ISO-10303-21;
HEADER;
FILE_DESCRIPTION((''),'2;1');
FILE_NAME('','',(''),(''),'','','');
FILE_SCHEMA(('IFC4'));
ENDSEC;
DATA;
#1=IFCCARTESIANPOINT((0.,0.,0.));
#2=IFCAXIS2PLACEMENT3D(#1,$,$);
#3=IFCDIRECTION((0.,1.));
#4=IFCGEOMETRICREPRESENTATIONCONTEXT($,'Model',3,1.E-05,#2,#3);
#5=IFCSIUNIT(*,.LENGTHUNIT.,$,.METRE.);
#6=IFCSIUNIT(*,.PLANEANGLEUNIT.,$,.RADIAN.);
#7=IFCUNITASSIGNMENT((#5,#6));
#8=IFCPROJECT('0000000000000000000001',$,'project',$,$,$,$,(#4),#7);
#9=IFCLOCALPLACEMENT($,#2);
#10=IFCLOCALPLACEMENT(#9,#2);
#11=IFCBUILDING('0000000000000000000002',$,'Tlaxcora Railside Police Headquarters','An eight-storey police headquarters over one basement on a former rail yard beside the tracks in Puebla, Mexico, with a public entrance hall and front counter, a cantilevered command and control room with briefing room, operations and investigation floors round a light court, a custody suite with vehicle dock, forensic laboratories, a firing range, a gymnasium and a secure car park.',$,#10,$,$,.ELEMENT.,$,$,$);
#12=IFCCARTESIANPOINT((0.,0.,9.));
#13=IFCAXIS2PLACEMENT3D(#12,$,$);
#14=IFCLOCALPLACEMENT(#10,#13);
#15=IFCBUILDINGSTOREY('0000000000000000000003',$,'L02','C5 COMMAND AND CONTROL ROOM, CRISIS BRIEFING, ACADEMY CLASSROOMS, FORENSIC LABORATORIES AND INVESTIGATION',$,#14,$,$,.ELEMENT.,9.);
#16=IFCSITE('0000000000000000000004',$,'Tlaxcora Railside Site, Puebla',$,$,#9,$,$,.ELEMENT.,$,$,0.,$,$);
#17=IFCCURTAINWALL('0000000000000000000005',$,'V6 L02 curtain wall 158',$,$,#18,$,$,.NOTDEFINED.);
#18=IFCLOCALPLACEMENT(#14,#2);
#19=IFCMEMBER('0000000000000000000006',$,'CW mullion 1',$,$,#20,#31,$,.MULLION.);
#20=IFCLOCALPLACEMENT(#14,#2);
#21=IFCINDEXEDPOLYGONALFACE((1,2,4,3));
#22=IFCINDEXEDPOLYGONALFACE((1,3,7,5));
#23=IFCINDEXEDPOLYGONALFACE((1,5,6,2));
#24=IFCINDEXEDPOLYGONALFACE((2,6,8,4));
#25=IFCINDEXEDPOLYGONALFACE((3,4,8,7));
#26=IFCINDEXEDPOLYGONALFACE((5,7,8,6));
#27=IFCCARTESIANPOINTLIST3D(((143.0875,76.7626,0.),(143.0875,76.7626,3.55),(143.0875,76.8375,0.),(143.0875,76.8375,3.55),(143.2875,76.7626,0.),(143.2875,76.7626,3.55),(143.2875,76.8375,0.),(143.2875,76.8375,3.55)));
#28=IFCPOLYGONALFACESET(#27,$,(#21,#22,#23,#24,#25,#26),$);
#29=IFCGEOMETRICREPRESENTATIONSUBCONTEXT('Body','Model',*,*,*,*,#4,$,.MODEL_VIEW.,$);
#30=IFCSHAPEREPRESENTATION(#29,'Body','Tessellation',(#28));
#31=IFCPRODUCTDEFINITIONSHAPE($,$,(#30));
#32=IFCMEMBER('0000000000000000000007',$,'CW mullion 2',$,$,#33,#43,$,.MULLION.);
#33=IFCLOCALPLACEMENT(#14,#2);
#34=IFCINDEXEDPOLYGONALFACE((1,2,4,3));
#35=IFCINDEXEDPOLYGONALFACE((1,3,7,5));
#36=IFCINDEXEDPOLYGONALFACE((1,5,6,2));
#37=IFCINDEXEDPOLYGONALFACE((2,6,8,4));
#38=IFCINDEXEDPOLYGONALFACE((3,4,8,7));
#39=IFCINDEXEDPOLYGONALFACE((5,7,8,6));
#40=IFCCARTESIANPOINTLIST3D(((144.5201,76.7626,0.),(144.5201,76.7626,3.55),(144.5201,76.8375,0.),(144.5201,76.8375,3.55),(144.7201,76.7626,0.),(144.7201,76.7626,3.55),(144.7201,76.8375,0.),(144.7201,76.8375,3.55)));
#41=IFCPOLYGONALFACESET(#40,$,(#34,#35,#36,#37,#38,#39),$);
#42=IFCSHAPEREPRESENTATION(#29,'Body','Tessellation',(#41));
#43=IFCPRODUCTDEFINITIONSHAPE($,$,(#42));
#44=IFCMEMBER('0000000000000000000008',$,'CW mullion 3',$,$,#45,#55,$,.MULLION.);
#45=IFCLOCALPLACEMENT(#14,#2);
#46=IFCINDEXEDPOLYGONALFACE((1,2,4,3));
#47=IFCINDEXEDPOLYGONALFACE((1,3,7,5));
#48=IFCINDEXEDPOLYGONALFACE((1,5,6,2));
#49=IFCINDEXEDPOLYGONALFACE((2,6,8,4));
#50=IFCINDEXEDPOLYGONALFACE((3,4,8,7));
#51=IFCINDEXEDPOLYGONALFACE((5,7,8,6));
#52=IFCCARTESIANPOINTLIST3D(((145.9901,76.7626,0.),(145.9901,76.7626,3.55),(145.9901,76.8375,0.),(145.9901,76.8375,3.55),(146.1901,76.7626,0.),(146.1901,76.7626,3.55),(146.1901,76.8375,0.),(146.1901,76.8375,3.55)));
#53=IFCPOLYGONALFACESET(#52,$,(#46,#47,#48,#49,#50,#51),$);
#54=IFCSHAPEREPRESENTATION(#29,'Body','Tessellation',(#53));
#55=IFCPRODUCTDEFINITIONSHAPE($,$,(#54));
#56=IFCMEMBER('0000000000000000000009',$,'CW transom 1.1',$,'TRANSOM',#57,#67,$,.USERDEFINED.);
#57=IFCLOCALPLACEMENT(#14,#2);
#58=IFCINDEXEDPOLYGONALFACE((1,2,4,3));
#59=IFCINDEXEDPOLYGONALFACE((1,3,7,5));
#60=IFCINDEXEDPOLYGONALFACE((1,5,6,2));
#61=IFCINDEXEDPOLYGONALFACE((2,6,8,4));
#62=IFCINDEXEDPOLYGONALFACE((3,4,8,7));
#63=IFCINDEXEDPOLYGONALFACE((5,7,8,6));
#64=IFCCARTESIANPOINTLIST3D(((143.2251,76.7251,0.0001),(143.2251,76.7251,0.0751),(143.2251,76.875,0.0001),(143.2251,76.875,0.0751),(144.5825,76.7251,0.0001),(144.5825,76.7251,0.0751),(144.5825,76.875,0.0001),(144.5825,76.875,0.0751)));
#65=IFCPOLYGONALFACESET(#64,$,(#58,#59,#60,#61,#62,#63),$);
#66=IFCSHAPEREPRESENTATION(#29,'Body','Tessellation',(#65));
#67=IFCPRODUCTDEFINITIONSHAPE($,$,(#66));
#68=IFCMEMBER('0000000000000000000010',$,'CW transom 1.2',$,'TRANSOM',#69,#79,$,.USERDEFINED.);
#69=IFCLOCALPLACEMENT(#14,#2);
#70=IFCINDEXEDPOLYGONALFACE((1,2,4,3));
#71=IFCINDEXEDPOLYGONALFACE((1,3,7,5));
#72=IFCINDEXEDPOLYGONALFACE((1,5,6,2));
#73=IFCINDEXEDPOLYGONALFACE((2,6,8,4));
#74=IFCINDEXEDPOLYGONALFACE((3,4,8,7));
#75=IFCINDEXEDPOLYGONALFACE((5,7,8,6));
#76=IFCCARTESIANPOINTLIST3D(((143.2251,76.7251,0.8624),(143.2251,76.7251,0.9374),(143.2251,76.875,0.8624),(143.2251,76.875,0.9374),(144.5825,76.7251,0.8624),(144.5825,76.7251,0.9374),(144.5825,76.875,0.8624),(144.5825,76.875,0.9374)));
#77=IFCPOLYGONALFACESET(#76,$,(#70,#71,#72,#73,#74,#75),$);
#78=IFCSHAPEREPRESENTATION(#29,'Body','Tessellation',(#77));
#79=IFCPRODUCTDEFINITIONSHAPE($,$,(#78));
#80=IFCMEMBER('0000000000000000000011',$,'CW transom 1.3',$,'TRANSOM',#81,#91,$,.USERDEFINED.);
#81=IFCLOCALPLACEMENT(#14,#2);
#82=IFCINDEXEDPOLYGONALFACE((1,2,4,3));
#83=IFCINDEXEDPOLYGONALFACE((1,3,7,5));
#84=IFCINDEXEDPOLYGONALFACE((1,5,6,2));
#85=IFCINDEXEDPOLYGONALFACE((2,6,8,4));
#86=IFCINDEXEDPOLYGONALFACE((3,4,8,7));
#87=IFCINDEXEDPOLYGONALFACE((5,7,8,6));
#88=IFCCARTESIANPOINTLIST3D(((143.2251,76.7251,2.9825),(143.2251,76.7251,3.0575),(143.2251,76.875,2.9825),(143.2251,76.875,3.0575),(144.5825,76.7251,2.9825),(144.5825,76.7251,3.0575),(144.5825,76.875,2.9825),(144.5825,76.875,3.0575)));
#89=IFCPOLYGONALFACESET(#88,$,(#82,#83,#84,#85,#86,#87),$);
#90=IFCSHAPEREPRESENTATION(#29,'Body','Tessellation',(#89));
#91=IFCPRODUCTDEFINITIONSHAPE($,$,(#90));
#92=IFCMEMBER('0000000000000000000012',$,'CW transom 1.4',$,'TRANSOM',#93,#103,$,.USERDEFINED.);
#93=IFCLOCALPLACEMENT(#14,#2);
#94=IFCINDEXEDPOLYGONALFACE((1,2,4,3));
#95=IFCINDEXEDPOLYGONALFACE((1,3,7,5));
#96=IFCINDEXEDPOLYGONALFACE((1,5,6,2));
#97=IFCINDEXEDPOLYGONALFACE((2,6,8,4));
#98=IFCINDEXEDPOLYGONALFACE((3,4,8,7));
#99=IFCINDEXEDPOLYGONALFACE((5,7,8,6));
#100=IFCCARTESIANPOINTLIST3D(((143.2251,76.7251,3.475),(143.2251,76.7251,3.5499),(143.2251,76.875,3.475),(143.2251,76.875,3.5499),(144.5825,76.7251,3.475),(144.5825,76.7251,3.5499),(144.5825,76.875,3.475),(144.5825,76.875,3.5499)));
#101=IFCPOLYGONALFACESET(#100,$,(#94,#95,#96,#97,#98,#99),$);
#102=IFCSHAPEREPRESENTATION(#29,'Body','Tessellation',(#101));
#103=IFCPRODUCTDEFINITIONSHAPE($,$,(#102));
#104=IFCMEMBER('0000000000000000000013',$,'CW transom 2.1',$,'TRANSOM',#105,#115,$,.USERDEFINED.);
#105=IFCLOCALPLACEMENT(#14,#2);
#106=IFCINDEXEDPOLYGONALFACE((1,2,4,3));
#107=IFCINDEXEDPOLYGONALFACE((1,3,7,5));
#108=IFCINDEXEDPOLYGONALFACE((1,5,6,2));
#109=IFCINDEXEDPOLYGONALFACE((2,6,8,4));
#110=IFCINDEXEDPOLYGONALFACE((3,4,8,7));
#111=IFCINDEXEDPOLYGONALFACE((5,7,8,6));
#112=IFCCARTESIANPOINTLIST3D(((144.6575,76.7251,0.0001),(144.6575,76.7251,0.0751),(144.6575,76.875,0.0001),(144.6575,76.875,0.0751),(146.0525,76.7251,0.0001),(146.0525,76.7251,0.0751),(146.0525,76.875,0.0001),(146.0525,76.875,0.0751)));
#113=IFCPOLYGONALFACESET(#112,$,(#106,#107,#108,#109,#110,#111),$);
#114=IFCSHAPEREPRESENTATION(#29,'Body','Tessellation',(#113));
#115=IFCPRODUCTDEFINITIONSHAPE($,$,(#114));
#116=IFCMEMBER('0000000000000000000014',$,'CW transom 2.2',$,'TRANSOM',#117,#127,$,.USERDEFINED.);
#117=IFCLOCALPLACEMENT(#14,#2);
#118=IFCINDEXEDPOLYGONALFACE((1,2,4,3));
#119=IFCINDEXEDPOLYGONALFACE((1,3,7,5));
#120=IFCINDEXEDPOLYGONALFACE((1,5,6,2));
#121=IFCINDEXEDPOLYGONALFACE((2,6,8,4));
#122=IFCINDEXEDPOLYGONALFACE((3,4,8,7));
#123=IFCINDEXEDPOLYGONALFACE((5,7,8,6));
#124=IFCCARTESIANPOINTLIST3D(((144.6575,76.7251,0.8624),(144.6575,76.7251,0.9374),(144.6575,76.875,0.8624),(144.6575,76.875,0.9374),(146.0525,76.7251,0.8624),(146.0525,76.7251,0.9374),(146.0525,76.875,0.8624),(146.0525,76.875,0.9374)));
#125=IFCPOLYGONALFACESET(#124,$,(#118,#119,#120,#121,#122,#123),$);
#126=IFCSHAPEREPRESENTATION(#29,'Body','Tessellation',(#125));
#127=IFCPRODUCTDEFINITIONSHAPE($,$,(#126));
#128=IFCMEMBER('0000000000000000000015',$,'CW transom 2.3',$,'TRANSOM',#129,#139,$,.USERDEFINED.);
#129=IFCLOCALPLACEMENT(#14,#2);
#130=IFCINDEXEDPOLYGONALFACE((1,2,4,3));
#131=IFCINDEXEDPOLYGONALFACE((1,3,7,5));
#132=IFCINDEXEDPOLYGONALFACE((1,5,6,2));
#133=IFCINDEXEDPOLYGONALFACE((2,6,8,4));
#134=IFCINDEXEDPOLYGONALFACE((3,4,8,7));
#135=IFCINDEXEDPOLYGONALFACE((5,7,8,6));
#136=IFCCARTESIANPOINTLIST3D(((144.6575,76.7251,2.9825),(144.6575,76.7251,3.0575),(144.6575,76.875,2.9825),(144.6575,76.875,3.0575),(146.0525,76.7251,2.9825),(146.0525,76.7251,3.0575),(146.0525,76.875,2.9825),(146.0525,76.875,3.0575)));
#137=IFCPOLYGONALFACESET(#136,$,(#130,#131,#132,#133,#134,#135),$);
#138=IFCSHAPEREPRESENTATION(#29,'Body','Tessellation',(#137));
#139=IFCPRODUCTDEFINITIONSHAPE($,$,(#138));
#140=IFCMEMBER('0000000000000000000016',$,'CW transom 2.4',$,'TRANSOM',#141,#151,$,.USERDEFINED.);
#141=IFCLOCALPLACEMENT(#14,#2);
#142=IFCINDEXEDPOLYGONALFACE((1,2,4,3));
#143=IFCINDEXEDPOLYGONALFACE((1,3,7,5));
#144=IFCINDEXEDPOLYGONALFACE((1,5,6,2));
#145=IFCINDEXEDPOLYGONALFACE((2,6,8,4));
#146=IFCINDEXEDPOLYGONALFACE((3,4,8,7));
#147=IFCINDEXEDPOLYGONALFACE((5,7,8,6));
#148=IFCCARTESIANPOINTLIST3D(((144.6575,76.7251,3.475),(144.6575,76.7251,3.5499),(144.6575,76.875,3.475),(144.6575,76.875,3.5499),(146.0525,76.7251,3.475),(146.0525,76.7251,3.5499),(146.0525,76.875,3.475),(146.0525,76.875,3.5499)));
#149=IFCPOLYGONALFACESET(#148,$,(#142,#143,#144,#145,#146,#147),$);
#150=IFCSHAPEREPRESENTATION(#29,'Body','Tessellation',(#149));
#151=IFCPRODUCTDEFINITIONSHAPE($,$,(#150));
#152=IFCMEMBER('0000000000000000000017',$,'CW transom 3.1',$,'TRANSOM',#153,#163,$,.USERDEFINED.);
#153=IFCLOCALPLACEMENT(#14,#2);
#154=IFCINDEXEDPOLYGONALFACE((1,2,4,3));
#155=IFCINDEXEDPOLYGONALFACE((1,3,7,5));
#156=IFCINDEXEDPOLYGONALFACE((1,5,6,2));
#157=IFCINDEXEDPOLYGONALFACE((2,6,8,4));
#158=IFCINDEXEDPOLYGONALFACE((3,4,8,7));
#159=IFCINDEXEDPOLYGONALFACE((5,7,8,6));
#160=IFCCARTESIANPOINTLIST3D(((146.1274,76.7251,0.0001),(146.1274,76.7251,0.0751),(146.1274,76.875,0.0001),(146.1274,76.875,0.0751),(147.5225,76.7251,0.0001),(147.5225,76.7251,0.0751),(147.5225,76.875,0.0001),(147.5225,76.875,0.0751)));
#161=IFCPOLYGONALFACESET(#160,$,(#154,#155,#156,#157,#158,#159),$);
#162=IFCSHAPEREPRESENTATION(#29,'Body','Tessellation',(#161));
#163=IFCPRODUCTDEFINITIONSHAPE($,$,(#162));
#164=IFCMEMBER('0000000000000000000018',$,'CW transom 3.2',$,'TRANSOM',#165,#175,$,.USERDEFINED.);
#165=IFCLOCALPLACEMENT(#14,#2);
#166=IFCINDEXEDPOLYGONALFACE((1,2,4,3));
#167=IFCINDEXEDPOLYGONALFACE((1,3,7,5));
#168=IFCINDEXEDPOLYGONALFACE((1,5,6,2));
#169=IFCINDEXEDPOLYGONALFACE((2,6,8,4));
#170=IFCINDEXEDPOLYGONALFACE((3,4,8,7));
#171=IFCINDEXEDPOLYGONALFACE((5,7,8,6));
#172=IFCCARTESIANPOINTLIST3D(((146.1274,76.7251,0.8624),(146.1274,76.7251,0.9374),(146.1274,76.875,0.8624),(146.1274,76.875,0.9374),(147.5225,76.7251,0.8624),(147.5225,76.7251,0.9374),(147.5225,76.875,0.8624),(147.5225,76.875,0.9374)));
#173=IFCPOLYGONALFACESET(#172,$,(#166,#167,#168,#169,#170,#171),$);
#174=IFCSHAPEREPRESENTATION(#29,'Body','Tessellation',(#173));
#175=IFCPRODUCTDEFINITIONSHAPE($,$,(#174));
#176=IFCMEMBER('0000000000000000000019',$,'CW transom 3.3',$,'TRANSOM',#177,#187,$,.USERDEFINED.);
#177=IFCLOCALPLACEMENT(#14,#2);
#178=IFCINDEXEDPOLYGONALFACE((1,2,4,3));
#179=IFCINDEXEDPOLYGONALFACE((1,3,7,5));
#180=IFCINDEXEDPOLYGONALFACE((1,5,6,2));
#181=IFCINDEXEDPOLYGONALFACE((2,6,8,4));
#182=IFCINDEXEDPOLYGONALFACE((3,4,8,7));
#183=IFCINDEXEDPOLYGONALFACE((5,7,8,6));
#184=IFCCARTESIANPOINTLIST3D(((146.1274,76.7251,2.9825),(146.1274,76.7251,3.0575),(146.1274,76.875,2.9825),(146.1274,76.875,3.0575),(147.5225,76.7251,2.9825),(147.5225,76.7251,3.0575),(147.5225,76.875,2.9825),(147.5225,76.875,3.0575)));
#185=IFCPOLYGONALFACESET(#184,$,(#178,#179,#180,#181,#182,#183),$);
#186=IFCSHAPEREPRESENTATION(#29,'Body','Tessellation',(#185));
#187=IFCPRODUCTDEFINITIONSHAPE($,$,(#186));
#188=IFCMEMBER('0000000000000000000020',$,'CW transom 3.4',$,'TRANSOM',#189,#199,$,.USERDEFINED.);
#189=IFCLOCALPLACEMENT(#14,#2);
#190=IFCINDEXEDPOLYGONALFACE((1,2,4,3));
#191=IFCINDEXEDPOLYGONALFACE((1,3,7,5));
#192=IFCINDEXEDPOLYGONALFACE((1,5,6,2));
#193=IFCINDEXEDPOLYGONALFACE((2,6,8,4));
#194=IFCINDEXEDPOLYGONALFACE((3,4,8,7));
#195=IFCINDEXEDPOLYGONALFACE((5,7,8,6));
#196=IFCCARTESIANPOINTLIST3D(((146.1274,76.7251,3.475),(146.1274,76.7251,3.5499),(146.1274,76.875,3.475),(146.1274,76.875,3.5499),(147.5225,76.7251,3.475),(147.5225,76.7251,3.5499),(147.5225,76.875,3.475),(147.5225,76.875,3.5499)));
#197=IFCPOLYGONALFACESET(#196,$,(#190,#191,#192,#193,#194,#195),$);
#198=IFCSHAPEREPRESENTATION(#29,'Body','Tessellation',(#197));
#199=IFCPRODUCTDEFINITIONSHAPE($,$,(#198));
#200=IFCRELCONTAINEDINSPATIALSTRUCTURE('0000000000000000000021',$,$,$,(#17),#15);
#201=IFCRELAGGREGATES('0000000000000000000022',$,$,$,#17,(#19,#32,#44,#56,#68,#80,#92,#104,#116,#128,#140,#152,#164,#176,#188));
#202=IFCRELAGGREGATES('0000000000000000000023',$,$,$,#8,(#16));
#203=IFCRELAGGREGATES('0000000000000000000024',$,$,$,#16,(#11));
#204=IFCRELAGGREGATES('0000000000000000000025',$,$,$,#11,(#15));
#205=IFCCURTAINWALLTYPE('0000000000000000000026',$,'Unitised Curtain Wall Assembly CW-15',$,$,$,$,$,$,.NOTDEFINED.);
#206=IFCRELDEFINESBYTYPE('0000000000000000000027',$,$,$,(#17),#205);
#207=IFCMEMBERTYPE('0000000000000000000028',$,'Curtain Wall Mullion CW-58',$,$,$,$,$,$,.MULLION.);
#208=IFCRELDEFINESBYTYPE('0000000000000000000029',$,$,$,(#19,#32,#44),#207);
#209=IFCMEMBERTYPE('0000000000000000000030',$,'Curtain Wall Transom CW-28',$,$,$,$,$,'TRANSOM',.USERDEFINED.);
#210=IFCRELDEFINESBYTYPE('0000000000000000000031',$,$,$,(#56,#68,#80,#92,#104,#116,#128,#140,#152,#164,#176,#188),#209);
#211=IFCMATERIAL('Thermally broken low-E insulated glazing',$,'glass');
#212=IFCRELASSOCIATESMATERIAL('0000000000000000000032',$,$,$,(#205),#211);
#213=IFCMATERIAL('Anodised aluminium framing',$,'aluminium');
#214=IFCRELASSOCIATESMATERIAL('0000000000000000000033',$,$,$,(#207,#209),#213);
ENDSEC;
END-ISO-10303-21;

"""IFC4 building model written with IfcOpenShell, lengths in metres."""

from ifc_helpers import new_model, si_unit, direction, frame, origin, origin_2d, place, context, subcontext, project, spatial, rectangle, extrude, material, material_profile, profile_set, type_object, element, aggregate, save


model = new_model("IFC4")

# Units and contexts
model_context = context("Model", 3, precision=1e-05, world=origin(), true_north=direction((0.0, 1.0)))
body_context = subcontext(model_context, "Body", "Model", "MODEL_VIEW")
ifc_project = project(units=[si_unit("LENGTHUNIT", "METRE"), si_unit("PLANEANGLEUNIT", "RADIAN")], contexts=[model_context])

# Site, building, storey
site_placement = place(None, origin())
site = spatial("IfcSite", under=ifc_project, at=site_placement, Name="Tlaxcora Railside Site, Puebla", CompositionType="ELEMENT", RefElevation=0.0)
building_placement = place(site_placement, origin())
building = spatial("IfcBuilding", under=site, at=building_placement, Name="Tlaxcora Railside Police Headquarters", Description="An eight-storey police headquarters over one basement on a former rail yard beside the tracks in Puebla, Mexico, with a public entrance hall and front counter, a cantilevered command and control room with briefing room, operations and investigation floors round a light court, a custody suite with vehicle dock, forensic laboratories, a firing range, a gymnasium and a secure car park.", CompositionType="ELEMENT")
storey_placement = place(building_placement, frame((0.0, 0.0, 9.0)))
storey = spatial("IfcBuildingStorey", under=building, at=storey_placement, Name="L02", Description="C5 COMMAND AND CONTROL ROOM, CRISIS BRIEFING, ACADEMY CLASSROOMS, FORENSIC LABORATORIES AND INVESTIGATION", CompositionType="ELEMENT", Elevation=9.0)

# Curtain wall, members
ifc_material_1 = material(Name="Thermally broken low-E insulated glazing", Category="glass")
curtain_wall_type = type_object("IfcCurtainWallType", Name="Unitised Curtain Wall Assembly CW-15", PredefinedType="NOTDEFINED", material=ifc_material_1)
curtain_wall_placement = place(storey_placement, origin())
curtain_wall = element("IfcCurtainWall", 1, at=curtain_wall_placement, inside=storey, type_object=curtain_wall_type, Name="V6 L02 curtain wall 158", PredefinedType="NOTDEFINED")
ifc_material_2 = material(Name="Anodised aluminium framing", Category="aluminium")
ifc_material_profile_1 = material_profile(ifc_material_2, rectangle(XDim=0.075, YDim=0.2, at=origin_2d()), Name="AL75X200")
ifc_profile_set_1 = profile_set([ifc_material_profile_1], Name="Anodised aluminium framing")
member_type_1 = type_object("IfcMemberType", Name="Curtain Wall Mullion CW-58", PredefinedType="MULLION", material=ifc_profile_set_1)
member_1_placement = place(storey_placement, frame((143.1875, 76.8, 0.0), z_axis=(0.0, 0.0, 1.0), x_axis=(0.0, 1.0, 0.0)))
member_1 = element("IfcMember", 2, at=member_1_placement, type_object=member_type_1, Name="CW mullion 1", PredefinedType="MULLION", context=body_context, shape_type="SweptSolid", body=[
    extrude(rectangle(XDim=0.075, YDim=0.2, at=origin_2d()), origin(), (0.0, 0.0, 1.0), 3.55),
])
member_2_placement = place(storey_placement, frame((144.6201, 76.8, 0.0), z_axis=(0.0, 0.0, 1.0), x_axis=(0.0, 1.0, 0.0)))
member_2 = element("IfcMember", 3, at=member_2_placement, type_object=member_type_1, Name="CW mullion 2", PredefinedType="MULLION", context=body_context, shape_type="SweptSolid", body=[
    extrude(rectangle(XDim=0.075, YDim=0.2, at=origin_2d()), origin(), (0.0, 0.0, 1.0), 3.55),
])
member_3_placement = place(storey_placement, frame((146.0901, 76.8, 0.0), z_axis=(0.0, 0.0, 1.0), x_axis=(0.0, 1.0, 0.0)))
member_3 = element("IfcMember", 4, at=member_3_placement, type_object=member_type_1, Name="CW mullion 3", PredefinedType="MULLION", context=body_context, shape_type="SweptSolid", body=[
    extrude(rectangle(XDim=0.075, YDim=0.2, at=origin_2d()), origin(), (0.0, 0.0, 1.0), 3.55),
])
ifc_material_profile_2 = material_profile(ifc_material_2, rectangle(XDim=0.1499, YDim=0.075, at=origin_2d()), Name="AL75X150")
ifc_profile_set_2 = profile_set([ifc_material_profile_2], Name="Anodised aluminium framing")
member_type_2 = type_object("IfcMemberType", Name="Curtain Wall Transom CW-28", ElementType="TRANSOM", PredefinedType="USERDEFINED", material=ifc_profile_set_2)
member_4_placement = place(storey_placement, frame((143.2251, 76.8, 0.0376), z_axis=(1.0, 0.0, 0.0), x_axis=(0.0, 1.0, 0.0)))
member_4 = element("IfcMember", 5, at=member_4_placement, type_object=member_type_2, Name="CW transom 1.1", ObjectType="TRANSOM", PredefinedType="USERDEFINED", context=body_context, shape_type="SweptSolid", body=[
    extrude(rectangle(XDim=0.1499, YDim=0.075, at=origin_2d()), origin(), (0.0, 0.0, 1.0), 1.3574),
])
member_5_placement = place(storey_placement, frame((143.2251, 76.8, 0.8999), z_axis=(1.0, 0.0, 0.0), x_axis=(0.0, 1.0, 0.0)))
member_5 = element("IfcMember", 6, at=member_5_placement, type_object=member_type_2, Name="CW transom 1.2", ObjectType="TRANSOM", PredefinedType="USERDEFINED", context=body_context, shape_type="SweptSolid", body=[
    extrude(rectangle(XDim=0.1499, YDim=0.075, at=origin_2d()), origin(), (0.0, 0.0, 1.0), 1.3574),
])
member_6_placement = place(storey_placement, frame((143.2251, 76.8, 3.02), z_axis=(1.0, 0.0, 0.0), x_axis=(0.0, 1.0, 0.0)))
member_6 = element("IfcMember", 7, at=member_6_placement, type_object=member_type_2, Name="CW transom 1.3", ObjectType="TRANSOM", PredefinedType="USERDEFINED", context=body_context, shape_type="SweptSolid", body=[
    extrude(rectangle(XDim=0.1499, YDim=0.075, at=origin_2d()), origin(), (0.0, 0.0, 1.0), 1.3574),
])
member_7_placement = place(storey_placement, frame((143.2251, 76.8, 3.5125), z_axis=(1.0, 0.0, 0.0), x_axis=(0.0, 1.0, 0.0)))
member_7 = element("IfcMember", 8, at=member_7_placement, type_object=member_type_2, Name="CW transom 1.4", ObjectType="TRANSOM", PredefinedType="USERDEFINED", context=body_context, shape_type="SweptSolid", body=[
    extrude(rectangle(XDim=0.1499, YDim=0.075, at=origin_2d()), origin(), (0.0, 0.0, 1.0), 1.3574),
])
member_8_placement = place(storey_placement, frame((144.6575, 76.8, 0.0376), z_axis=(1.0, 0.0, 0.0), x_axis=(0.0, 1.0, 0.0)))
member_8 = element("IfcMember", 9, at=member_8_placement, type_object=member_type_2, Name="CW transom 2.1", ObjectType="TRANSOM", PredefinedType="USERDEFINED", context=body_context, shape_type="SweptSolid", body=[
    extrude(rectangle(XDim=0.1499, YDim=0.075, at=origin_2d()), origin(), (0.0, 0.0, 1.0), 1.395),
])
member_9_placement = place(storey_placement, frame((144.6575, 76.8, 0.8999), z_axis=(1.0, 0.0, 0.0), x_axis=(0.0, 1.0, 0.0)))
member_9 = element("IfcMember", 10, at=member_9_placement, type_object=member_type_2, Name="CW transom 2.2", ObjectType="TRANSOM", PredefinedType="USERDEFINED", context=body_context, shape_type="SweptSolid", body=[
    extrude(rectangle(XDim=0.1499, YDim=0.075, at=origin_2d()), origin(), (0.0, 0.0, 1.0), 1.395),
])
member_10_placement = place(storey_placement, frame((144.6575, 76.8, 3.02), z_axis=(1.0, 0.0, 0.0), x_axis=(0.0, 1.0, 0.0)))
member_10 = element("IfcMember", 11, at=member_10_placement, type_object=member_type_2, Name="CW transom 2.3", ObjectType="TRANSOM", PredefinedType="USERDEFINED", context=body_context, shape_type="SweptSolid", body=[
    extrude(rectangle(XDim=0.1499, YDim=0.075, at=origin_2d()), origin(), (0.0, 0.0, 1.0), 1.395),
])
member_11_placement = place(storey_placement, frame((144.6575, 76.8, 3.5125), z_axis=(1.0, 0.0, 0.0), x_axis=(0.0, 1.0, 0.0)))
member_11 = element("IfcMember", 12, at=member_11_placement, type_object=member_type_2, Name="CW transom 2.4", ObjectType="TRANSOM", PredefinedType="USERDEFINED", context=body_context, shape_type="SweptSolid", body=[
    extrude(rectangle(XDim=0.1499, YDim=0.075, at=origin_2d()), origin(), (0.0, 0.0, 1.0), 1.395),
])
member_12_placement = place(storey_placement, frame((146.1274, 76.8, 0.0376), z_axis=(1.0, 0.0, 0.0), x_axis=(0.0, 1.0, 0.0)))
member_12 = element("IfcMember", 13, at=member_12_placement, type_object=member_type_2, Name="CW transom 3.1", ObjectType="TRANSOM", PredefinedType="USERDEFINED", context=body_context, shape_type="SweptSolid", body=[
    extrude(rectangle(XDim=0.1499, YDim=0.075, at=origin_2d()), origin(), (0.0, 0.0, 1.0), 1.395),
])
member_13_placement = place(storey_placement, frame((146.1274, 76.8, 0.8999), z_axis=(1.0, 0.0, 0.0), x_axis=(0.0, 1.0, 0.0)))
member_13 = element("IfcMember", 14, at=member_13_placement, type_object=member_type_2, Name="CW transom 3.2", ObjectType="TRANSOM", PredefinedType="USERDEFINED", context=body_context, shape_type="SweptSolid", body=[
    extrude(rectangle(XDim=0.1499, YDim=0.075, at=origin_2d()), origin(), (0.0, 0.0, 1.0), 1.395),
])
member_14_placement = place(storey_placement, frame((146.1274, 76.8, 3.02), z_axis=(1.0, 0.0, 0.0), x_axis=(0.0, 1.0, 0.0)))
member_14 = element("IfcMember", 15, at=member_14_placement, type_object=member_type_2, Name="CW transom 3.3", ObjectType="TRANSOM", PredefinedType="USERDEFINED", context=body_context, shape_type="SweptSolid", body=[
    extrude(rectangle(XDim=0.1499, YDim=0.075, at=origin_2d()), origin(), (0.0, 0.0, 1.0), 1.395),
])
member_15_placement = place(storey_placement, frame((146.1274, 76.8, 3.5125), z_axis=(1.0, 0.0, 0.0), x_axis=(0.0, 1.0, 0.0)))
member_15 = element("IfcMember", 16, at=member_15_placement, type_object=member_type_2, Name="CW transom 3.4", ObjectType="TRANSOM", PredefinedType="USERDEFINED", context=body_context, shape_type="SweptSolid", body=[
    extrude(rectangle(XDim=0.1499, YDim=0.075, at=origin_2d()), origin(), (0.0, 0.0, 1.0), 1.395),
])

aggregate(curtain_wall, [member_1, member_2, member_3, member_4, member_5, member_6, member_7, member_8, member_9, member_10, member_11, member_12, member_13, member_14, member_15])

save(model, "model.ifc")
